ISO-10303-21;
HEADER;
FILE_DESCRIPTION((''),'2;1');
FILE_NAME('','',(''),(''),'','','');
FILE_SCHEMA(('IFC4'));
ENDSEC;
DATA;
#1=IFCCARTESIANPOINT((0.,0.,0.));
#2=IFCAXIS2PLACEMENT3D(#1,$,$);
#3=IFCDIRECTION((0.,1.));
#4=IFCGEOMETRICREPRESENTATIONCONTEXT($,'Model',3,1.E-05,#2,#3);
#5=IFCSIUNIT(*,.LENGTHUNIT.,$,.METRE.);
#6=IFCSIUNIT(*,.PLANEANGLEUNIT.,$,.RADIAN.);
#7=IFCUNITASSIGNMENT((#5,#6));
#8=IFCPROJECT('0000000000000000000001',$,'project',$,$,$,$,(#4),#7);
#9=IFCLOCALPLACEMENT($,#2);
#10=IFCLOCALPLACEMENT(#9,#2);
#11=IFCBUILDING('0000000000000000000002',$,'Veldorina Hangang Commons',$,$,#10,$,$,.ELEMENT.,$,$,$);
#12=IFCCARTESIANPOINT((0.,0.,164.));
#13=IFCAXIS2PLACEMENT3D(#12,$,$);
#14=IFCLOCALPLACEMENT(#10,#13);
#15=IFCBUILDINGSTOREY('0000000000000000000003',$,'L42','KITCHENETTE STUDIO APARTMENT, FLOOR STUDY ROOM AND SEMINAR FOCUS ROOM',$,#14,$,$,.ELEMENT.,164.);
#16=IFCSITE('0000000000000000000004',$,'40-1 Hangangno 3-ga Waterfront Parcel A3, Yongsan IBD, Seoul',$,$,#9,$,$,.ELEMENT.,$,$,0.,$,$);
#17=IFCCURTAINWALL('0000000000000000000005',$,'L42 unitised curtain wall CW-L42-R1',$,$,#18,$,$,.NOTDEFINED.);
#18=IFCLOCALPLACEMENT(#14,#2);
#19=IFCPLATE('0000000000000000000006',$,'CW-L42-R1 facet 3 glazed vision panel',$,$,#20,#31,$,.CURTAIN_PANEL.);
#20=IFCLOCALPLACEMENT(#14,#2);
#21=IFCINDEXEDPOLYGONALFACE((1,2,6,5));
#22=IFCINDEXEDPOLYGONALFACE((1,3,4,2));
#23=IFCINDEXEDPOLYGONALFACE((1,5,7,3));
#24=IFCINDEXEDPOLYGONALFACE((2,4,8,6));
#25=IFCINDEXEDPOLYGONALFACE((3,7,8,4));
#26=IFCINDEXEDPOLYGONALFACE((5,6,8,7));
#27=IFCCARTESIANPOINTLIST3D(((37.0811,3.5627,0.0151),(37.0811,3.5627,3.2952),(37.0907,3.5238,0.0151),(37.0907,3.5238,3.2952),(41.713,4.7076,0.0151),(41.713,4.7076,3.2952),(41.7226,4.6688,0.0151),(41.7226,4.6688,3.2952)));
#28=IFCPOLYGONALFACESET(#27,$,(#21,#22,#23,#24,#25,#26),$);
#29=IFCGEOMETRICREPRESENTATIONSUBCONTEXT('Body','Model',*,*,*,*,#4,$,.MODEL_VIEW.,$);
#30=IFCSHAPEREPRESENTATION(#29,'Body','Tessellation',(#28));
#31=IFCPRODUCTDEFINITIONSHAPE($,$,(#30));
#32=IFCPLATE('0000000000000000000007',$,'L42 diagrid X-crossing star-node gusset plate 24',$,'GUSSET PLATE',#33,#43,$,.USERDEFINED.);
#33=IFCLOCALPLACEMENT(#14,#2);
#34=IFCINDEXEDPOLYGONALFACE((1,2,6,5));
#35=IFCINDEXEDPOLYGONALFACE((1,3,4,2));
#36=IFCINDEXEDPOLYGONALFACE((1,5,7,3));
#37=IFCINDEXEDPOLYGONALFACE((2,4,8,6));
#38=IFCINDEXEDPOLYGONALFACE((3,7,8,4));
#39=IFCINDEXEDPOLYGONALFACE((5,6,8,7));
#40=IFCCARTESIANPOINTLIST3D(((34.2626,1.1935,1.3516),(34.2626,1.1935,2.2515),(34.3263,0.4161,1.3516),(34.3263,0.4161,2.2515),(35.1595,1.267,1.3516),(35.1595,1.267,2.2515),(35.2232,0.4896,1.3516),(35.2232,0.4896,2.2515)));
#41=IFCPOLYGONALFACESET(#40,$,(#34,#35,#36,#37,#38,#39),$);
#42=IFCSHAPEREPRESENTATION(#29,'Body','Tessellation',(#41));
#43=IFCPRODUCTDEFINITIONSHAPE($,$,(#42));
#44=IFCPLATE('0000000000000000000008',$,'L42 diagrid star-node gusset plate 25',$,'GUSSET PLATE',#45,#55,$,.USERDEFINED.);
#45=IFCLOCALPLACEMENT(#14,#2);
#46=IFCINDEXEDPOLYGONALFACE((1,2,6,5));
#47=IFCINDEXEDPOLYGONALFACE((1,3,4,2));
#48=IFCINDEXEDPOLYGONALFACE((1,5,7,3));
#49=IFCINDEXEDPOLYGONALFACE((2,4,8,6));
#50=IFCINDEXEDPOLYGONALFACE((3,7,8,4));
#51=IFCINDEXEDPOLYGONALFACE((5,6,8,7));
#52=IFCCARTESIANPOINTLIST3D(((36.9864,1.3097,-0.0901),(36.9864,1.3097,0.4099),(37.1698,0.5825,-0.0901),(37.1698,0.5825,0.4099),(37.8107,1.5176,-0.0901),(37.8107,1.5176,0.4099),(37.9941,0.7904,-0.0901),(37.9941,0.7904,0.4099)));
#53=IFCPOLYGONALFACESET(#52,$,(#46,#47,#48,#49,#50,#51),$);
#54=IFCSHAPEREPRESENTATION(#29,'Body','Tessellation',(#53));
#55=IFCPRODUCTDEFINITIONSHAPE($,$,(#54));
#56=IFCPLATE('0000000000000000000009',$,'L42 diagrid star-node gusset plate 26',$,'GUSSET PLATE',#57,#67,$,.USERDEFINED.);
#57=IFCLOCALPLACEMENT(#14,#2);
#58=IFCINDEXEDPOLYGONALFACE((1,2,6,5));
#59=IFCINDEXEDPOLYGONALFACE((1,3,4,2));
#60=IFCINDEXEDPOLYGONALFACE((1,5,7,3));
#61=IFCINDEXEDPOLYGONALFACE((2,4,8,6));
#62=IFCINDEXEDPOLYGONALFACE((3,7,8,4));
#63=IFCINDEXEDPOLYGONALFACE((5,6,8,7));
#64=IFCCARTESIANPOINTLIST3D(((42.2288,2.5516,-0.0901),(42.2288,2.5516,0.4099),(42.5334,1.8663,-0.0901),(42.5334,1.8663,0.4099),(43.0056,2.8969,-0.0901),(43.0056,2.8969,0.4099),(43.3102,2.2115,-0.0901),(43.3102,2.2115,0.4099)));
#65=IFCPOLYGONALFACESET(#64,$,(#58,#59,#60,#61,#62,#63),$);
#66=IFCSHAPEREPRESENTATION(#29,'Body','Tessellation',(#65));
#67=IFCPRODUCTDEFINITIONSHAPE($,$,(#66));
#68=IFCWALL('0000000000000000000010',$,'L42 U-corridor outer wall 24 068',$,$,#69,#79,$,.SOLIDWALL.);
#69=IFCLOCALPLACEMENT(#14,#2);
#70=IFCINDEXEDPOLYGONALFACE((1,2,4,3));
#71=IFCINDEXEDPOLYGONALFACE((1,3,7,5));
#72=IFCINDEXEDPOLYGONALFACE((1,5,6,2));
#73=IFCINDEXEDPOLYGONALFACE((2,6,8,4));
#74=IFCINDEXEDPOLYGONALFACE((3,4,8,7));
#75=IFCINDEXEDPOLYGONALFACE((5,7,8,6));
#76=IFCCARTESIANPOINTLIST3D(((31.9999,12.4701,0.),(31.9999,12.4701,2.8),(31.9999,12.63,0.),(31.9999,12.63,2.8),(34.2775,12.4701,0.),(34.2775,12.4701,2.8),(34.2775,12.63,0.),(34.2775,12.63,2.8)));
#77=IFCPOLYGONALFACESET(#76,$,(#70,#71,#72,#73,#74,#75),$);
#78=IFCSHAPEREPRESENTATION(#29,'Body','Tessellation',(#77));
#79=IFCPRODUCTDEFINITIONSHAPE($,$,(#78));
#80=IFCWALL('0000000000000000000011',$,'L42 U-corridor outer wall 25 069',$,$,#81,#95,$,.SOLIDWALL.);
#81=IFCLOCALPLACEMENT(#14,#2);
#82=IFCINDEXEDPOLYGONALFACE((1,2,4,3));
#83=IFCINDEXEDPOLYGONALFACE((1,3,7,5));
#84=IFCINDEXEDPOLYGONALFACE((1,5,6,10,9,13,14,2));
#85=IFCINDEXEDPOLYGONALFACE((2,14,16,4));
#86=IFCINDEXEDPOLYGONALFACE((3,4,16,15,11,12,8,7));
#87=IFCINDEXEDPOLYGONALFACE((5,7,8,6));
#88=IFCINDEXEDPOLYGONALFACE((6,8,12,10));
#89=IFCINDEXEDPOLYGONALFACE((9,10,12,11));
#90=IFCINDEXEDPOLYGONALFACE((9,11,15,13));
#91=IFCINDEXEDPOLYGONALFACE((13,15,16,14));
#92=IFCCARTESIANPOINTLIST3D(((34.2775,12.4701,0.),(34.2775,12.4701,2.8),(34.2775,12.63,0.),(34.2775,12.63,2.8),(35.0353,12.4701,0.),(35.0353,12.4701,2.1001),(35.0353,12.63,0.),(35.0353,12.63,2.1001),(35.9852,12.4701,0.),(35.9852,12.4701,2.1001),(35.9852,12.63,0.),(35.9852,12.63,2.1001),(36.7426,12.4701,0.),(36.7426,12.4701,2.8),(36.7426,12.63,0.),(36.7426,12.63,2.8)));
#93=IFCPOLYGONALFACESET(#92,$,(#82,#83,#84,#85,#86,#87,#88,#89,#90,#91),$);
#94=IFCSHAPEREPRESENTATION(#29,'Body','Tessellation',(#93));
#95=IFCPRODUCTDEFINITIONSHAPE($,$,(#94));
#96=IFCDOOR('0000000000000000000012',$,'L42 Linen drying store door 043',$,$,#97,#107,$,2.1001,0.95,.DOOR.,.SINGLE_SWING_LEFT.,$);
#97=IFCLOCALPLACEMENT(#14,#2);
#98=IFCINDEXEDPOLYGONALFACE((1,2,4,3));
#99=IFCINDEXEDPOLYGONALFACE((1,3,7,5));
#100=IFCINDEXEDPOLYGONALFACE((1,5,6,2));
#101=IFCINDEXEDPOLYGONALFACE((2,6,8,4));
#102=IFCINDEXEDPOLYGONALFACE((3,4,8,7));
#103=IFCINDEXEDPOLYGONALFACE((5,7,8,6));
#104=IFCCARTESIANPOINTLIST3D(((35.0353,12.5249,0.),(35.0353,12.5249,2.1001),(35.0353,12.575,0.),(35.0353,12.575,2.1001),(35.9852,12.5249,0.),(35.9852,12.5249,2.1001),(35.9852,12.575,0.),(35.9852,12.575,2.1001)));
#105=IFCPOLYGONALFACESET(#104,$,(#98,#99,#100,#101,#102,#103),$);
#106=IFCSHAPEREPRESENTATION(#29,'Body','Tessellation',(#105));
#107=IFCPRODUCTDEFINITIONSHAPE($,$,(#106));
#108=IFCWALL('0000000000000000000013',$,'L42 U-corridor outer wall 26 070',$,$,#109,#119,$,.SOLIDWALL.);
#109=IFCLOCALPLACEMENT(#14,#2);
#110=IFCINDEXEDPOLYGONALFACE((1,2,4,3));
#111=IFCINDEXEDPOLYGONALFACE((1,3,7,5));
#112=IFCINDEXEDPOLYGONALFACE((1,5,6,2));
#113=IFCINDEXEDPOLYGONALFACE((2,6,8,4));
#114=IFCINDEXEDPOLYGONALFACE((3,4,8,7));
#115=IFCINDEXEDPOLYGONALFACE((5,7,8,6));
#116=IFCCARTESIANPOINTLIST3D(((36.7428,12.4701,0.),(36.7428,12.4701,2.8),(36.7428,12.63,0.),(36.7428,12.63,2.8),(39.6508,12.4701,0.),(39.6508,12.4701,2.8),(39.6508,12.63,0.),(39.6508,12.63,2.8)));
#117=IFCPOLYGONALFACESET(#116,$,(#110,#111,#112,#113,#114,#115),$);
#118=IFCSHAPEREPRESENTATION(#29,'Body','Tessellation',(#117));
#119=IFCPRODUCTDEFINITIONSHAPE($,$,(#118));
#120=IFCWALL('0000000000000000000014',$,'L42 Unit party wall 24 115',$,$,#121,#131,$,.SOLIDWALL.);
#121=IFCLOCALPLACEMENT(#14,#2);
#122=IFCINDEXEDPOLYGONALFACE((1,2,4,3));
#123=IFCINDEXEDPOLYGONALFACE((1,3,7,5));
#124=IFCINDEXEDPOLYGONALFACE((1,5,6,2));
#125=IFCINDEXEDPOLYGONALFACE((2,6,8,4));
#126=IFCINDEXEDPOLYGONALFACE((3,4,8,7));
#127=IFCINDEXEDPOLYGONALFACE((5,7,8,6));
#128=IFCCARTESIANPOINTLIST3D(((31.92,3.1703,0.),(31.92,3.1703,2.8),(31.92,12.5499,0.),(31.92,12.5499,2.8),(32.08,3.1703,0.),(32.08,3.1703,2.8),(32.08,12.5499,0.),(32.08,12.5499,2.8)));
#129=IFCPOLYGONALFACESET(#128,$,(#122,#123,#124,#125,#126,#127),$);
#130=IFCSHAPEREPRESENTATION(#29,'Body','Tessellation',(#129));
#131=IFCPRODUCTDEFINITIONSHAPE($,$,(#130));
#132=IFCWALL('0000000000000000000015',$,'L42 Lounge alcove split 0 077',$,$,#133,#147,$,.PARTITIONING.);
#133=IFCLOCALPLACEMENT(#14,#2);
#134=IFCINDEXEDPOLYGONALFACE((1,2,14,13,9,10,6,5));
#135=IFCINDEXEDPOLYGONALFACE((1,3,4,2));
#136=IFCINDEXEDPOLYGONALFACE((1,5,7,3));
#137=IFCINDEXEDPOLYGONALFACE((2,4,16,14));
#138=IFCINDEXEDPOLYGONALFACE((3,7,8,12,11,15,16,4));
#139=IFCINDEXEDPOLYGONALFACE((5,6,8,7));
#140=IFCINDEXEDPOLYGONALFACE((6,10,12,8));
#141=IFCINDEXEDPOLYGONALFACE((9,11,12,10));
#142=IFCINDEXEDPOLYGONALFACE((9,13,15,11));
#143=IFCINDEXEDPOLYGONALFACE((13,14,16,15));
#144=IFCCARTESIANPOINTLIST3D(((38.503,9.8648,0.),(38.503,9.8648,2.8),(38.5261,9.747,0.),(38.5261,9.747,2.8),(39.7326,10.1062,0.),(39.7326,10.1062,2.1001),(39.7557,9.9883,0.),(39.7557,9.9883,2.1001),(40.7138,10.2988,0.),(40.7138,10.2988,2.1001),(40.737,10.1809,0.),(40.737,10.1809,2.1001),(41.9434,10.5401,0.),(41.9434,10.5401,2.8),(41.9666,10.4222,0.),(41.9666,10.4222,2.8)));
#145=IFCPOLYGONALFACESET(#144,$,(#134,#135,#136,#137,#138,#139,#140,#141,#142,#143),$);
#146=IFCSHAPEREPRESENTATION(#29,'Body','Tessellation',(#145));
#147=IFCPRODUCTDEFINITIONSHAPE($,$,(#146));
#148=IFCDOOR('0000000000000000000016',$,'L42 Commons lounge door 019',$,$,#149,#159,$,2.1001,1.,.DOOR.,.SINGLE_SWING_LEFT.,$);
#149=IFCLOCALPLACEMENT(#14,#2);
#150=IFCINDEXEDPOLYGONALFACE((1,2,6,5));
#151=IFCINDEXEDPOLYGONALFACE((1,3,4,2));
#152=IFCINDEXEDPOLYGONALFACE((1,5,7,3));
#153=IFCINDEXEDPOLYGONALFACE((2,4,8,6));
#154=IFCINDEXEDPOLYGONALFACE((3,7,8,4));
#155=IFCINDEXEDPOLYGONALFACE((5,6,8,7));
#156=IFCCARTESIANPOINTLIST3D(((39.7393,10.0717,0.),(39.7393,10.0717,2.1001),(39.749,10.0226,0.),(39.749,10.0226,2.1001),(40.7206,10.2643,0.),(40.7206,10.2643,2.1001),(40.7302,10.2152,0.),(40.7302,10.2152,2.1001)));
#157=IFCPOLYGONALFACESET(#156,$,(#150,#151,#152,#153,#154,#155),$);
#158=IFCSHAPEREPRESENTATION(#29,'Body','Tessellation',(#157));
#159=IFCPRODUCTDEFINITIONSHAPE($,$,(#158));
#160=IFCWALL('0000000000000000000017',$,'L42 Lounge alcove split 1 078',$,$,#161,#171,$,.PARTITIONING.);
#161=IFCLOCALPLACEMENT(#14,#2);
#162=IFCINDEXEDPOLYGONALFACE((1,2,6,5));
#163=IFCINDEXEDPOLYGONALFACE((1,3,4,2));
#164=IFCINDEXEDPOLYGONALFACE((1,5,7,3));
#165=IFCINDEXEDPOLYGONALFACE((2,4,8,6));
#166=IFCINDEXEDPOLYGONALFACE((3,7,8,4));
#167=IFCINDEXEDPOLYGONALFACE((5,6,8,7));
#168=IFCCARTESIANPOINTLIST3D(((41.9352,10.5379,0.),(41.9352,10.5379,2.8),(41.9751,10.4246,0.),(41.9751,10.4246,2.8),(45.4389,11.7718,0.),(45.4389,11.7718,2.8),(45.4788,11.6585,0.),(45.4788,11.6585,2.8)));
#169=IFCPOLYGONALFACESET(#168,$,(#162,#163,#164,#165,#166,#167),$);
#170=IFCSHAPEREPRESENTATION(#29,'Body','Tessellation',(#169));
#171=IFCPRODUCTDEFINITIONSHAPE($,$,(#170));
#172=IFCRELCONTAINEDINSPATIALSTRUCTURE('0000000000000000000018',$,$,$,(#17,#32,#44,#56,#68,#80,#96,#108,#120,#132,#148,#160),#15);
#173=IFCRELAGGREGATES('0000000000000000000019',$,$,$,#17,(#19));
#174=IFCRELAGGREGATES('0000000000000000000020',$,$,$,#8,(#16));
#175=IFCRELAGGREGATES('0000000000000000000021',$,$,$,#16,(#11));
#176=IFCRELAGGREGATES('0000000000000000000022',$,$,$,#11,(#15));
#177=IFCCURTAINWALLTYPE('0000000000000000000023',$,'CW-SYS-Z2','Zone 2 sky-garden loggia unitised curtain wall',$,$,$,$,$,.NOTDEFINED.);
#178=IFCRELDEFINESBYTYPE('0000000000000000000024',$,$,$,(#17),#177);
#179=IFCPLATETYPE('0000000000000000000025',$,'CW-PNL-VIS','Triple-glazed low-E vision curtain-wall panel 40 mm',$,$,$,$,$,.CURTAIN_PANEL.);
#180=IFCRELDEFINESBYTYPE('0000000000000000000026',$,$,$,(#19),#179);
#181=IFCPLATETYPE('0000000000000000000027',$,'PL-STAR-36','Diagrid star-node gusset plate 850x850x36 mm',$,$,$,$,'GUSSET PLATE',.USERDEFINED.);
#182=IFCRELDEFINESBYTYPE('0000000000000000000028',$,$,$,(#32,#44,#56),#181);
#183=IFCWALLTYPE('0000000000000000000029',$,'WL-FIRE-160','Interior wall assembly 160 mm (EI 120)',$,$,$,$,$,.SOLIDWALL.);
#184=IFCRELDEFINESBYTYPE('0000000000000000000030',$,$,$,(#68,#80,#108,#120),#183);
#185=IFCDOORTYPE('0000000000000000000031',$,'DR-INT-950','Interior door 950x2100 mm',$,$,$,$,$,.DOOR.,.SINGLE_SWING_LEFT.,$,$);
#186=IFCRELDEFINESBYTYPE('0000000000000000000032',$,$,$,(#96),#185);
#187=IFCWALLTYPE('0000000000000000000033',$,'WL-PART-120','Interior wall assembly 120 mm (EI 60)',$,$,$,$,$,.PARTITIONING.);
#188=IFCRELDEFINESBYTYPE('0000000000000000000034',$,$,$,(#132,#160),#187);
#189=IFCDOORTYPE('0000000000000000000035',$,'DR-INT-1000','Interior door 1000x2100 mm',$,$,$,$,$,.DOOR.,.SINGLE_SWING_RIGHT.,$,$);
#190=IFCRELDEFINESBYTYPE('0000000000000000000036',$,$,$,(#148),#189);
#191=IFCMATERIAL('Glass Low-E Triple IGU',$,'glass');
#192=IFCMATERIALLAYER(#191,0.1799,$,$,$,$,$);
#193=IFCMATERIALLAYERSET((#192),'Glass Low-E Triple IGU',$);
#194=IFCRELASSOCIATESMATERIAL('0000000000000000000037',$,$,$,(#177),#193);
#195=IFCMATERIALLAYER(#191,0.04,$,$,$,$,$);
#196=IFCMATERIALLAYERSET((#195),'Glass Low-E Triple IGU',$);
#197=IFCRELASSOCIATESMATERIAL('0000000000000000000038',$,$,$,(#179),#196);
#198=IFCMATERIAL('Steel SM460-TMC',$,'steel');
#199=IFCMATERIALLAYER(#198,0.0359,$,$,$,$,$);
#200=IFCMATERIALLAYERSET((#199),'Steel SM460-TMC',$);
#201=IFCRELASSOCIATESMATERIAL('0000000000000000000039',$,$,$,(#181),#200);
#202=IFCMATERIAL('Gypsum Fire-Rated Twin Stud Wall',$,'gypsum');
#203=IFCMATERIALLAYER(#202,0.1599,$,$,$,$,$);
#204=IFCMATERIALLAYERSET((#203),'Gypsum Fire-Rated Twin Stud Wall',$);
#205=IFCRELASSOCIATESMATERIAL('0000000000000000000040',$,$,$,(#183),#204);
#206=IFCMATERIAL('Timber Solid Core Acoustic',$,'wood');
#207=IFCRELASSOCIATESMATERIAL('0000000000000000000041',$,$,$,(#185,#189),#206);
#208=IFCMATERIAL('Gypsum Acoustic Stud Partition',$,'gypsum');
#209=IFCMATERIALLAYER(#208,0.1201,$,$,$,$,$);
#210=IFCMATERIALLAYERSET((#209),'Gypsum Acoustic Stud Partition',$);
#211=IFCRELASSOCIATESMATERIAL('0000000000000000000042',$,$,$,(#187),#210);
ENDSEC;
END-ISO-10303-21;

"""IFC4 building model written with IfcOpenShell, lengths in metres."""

from ifc_helpers import new_model, si_unit, direction, frame, frame_2d, origin, origin_2d, place, context, subcontext, project, spatial, rectangle, extrude, material, layer, layer_set, type_object, element, fill, aggregate, save


model = new_model("IFC4")

# Units and contexts
model_context = context("Model", 3, precision=1e-05, world=origin(), true_north=direction((0.0, 1.0)))
body_context = subcontext(model_context, "Body", "Model", "MODEL_VIEW")
ifc_project = project(units=[si_unit("LENGTHUNIT", "METRE"), si_unit("PLANEANGLEUNIT", "RADIAN")], contexts=[model_context])

# Site, building, storey
site_placement = place(None, origin())
site = spatial("IfcSite", under=ifc_project, at=site_placement, Name="40-1 Hangangno 3-ga Waterfront Parcel A3, Yongsan IBD, Seoul", CompositionType="ELEMENT", RefElevation=0.0)
building_placement = place(site_placement, origin())
building = spatial("IfcBuilding", under=site, at=building_placement, Name="Veldorina Hangang Commons", CompositionType="ELEMENT")
storey_placement = place(building_placement, frame((0.0, 0.0, 164.0)))
storey = spatial("IfcBuildingStorey", under=building, at=storey_placement, Name="L42", Description="KITCHENETTE STUDIO APARTMENT, FLOOR STUDY ROOM AND SEMINAR FOCUS ROOM", CompositionType="ELEMENT", Elevation=164.0)

# Curtain wall
ifc_material_1 = material(Name="Glass Low-E Triple IGU", Category="glass")
ifc_layer_1 = layer(ifc_material_1, 0.1799)
ifc_layer_set_1 = layer_set([ifc_layer_1], Name="Glass Low-E Triple IGU")
curtain_wall_type = type_object("IfcCurtainWallType", Name="CW-SYS-Z2", Description="Zone 2 sky-garden loggia unitised curtain wall", PredefinedType="NOTDEFINED", material=ifc_layer_set_1)
curtain_wall_placement = place(storey_placement, origin())
curtain_wall = element("IfcCurtainWall", 1, at=curtain_wall_placement, inside=storey, type_object=curtain_wall_type, Name="L42 unitised curtain wall CW-L42-R1", PredefinedType="NOTDEFINED")

# Plate
ifc_layer_2 = layer(ifc_material_1, 0.04)
ifc_layer_set_2 = layer_set([ifc_layer_2], Name="Glass Low-E Triple IGU")
plate_type_1 = type_object("IfcPlateType", Name="CW-PNL-VIS", Description="Triple-glazed low-E vision curtain-wall panel 40 mm", PredefinedType="CURTAIN_PANEL", material=ifc_layer_set_2)
plate_1_placement = place(storey_placement, frame((39.4019, 4.1157, 0.0151), z_axis=(0.0, 0.0, 1.0), x_axis=(0.970779, 0.239974, 0.0)))
plate_1 = element("IfcPlate", 2, at=plate_1_placement, type_object=plate_type_1, Name="CW-L42-R1 facet 3 glazed vision panel", PredefinedType="CURTAIN_PANEL", context=body_context, shape_type="SweptSolid", body=[
    extrude(rectangle(XDim=4.7712, YDim=0.04, at=origin_2d()), origin(), (0.0, 0.0, 1.0), 3.28),
])
aggregate(curtain_wall, [plate_1])

# Plates
ifc_material_2 = material(Name="Steel SM460-TMC", Category="steel")
ifc_layer_3 = layer(ifc_material_2, 0.0359)
ifc_layer_set_3 = layer_set([ifc_layer_3], Name="Steel SM460-TMC")
plate_type_2 = type_object("IfcPlateType", Name="PL-STAR-36", Description="Diagrid star-node gusset plate 850x850x36 mm", ElementType="GUSSET PLATE", PredefinedType="USERDEFINED", material=ifc_layer_set_3)
plate_2_placement = place(storey_placement, frame((34.7429, 0.8416, 1.3516), z_axis=(0.0, 0.0, 1.0), x_axis=(0.996665, 0.081608, 0.0)))
element("IfcPlate", 3, at=plate_2_placement, inside=storey, type_object=plate_type_2, Name="L42 diagrid X-crossing star-node gusset plate 24", ObjectType="GUSSET PLATE", PredefinedType="USERDEFINED", context=body_context, shape_type="SweptSolid", body=[
    extrude(rectangle(XDim=0.8999, YDim=0.78, at=origin_2d()), origin(), (0.0, 0.0, 1.0), 0.8999),
])
for number, where, z_axis, x_axis, name in (
    (4, (37.4902, 1.05, -0.0901), (0.0, 0.0, 1.0), (0.969633, 0.244563, 0.0), "L42 diagrid star-node gusset plate 25"),
    (5, (42.7695, 2.3816, -0.0901), (0.0, 0.0, 1.0), (0.913815, 0.406131, 0.0), "L42 diagrid star-node gusset plate 26"),
):
    element("IfcPlate", number, at=place(storey_placement, frame(where, z_axis=z_axis, x_axis=x_axis)), inside=storey, type_object=plate_type_2, Name=name, ObjectType="GUSSET PLATE", PredefinedType="USERDEFINED", context=body_context, shape_type="SweptSolid", body=[
        extrude(rectangle(XDim=0.8501, YDim=0.75, at=origin_2d()), origin(), (0.0, 0.0, 1.0), 0.5),
    ])

# Wall
ifc_material_3 = material(Name="Gypsum Fire-Rated Twin Stud Wall", Category="gypsum")
ifc_layer_4 = layer(ifc_material_3, 0.1599)
ifc_layer_set_4 = layer_set([ifc_layer_4], Name="Gypsum Fire-Rated Twin Stud Wall")
wall_type_1 = type_object("IfcWallType", Name="WL-FIRE-160", Description="Interior wall assembly 160 mm (EI 120)", PredefinedType="SOLIDWALL", material=ifc_layer_set_4)
wall_1_placement = place(storey_placement, frame((32.0, 12.55, 0.0), z_axis=(0.0, 0.0, 1.0), x_axis=(1.0, 0.0, 0.0)))
element("IfcWall", 6, at=wall_1_placement, inside=storey, type_object=wall_type_1, Name="L42 U-corridor outer wall 24 068", PredefinedType="SOLIDWALL", context=body_context, shape_type="SweptSolid", body=[
    extrude(rectangle(XDim=2.2776, YDim=0.1599, at=frame_2d((1.1387, 0.0))), origin(), (0.0, 0.0, 1.0), 2.8),
])

# Wall, opening, door
wall_2_placement = place(storey_placement, frame((34.2776, 12.55, 0.0), z_axis=(0.0, 0.0, 1.0), x_axis=(1.0, 0.0, 0.0)))
wall_2 = element("IfcWall", 7, at=wall_2_placement, inside=storey, type_object=wall_type_1, Name="L42 U-corridor outer wall 25 069", PredefinedType="SOLIDWALL", context=body_context, shape_type="SweptSolid", body=[
    extrude(rectangle(XDim=2.4651, YDim=0.1599, at=frame_2d((1.2324, 0.0))), origin(), (0.0, 0.0, 1.0), 2.8),
])
opening_1_placement = place(wall_2_placement, frame((0.7576, 0.0, 0.0)))
opening_1 = element("IfcOpeningElement", 8, at=opening_1_placement, cuts=wall_2, PredefinedType="OPENING", context=body_context, shape_type="SweptSolid", body=[
    extrude(rectangle(XDim=0.95, YDim=2.1001, at=frame_2d((0.4751, 1.05))), frame((0.0, 0.0898, 0.0), z_axis=(0.0, -1.0, 0.0), x_axis=(1.0, 0.0, 0.0)), (0.0, 0.0, 1.0), 0.1799),
])
ifc_material_4 = material(Name="Timber Solid Core Acoustic", Category="wood")
door_type_1 = type_object("IfcDoorType", Name="DR-INT-950", Description="Interior door 950x2100 mm", OperationType="SINGLE_SWING_LEFT", PredefinedType="DOOR", material=ifc_material_4)
door_1_placement = place(opening_1_placement, origin())
door_1 = element("IfcDoor", 9, at=door_1_placement, inside=storey, type_object=door_type_1, Name="L42 Linen drying store door 043", OperationType="SINGLE_SWING_LEFT", OverallHeight=2.1001, OverallWidth=0.95, PredefinedType="DOOR", context=body_context, shape_type="SweptSolid", body=[
    extrude(rectangle(XDim=0.95, YDim=2.1001, at=frame_2d((0.4751, 1.05))), frame((0.0, 0.0249, 0.0), z_axis=(0.0, -1.0, 0.0), x_axis=(1.0, 0.0, 0.0)), (0.0, 0.0, 1.0), 0.05),
])
fill(opening_1, door_1)

# Walls
wall_3_placement = place(storey_placement, frame((36.7427, 12.55, 0.0), z_axis=(0.0, 0.0, 1.0), x_axis=(1.0, 0.0, 0.0)))
element("IfcWall", 10, at=wall_3_placement, inside=storey, type_object=wall_type_1, Name="L42 U-corridor outer wall 26 070", PredefinedType="SOLIDWALL", context=body_context, shape_type="SweptSolid", body=[
    extrude(rectangle(XDim=2.908, YDim=0.1599, at=frame_2d((1.4541, 0.0))), origin(), (0.0, 0.0, 1.0), 2.8),
])
wall_4_placement = place(storey_placement, frame((32.0, 12.55, 0.0), z_axis=(0.0, 0.0, 1.0), x_axis=(0.0, -1.0, 0.0)))
element("IfcWall", 11, at=wall_4_placement, inside=storey, type_object=wall_type_1, Name="L42 Unit party wall 24 115", PredefinedType="SOLIDWALL", context=body_context, shape_type="SweptSolid", body=[
    extrude(rectangle(XDim=9.3796, YDim=0.1599, at=frame_2d((4.6899, 0.0))), origin(), (0.0, 0.0, 1.0), 2.8),
])

# Wall, opening, door
ifc_material_5 = material(Name="Gypsum Acoustic Stud Partition", Category="gypsum")
ifc_layer_5 = layer(ifc_material_5, 0.1201)
ifc_layer_set_5 = layer_set([ifc_layer_5], Name="Gypsum Acoustic Stud Partition")
wall_type_2 = type_object("IfcWallType", Name="WL-PART-120", Description="Interior wall assembly 120 mm (EI 60)", PredefinedType="PARTITIONING", material=ifc_layer_set_5)
wall_5_placement = place(storey_placement, frame((38.5146, 9.8059, 0.0), z_axis=(0.0, 0.0, 1.0), x_axis=(0.981276, 0.192606, 0.0)))
wall_5 = element("IfcWall", 12, at=wall_5_placement, inside=storey, type_object=wall_type_2, Name="L42 Lounge alcove split 0 077", PredefinedType="PARTITIONING", context=body_context, shape_type="SweptSolid", body=[
    extrude(rectangle(XDim=3.5061, YDim=0.1201, at=frame_2d((1.7529, 0.0))), origin(), (0.0, 0.0, 1.0), 2.8),
])
opening_2_placement = place(wall_5_placement, frame((1.2529, 0.0, 0.0)))
opening_2 = element("IfcOpeningElement", 13, at=opening_2_placement, cuts=wall_5, PredefinedType="OPENING", context=body_context, shape_type="SweptSolid", body=[
    extrude(rectangle(XDim=1.0, YDim=2.1001, at=frame_2d((0.5, 1.05))), frame((0.0, 0.0701, 0.0), z_axis=(0.0, -1.0, 0.0), x_axis=(1.0, 0.0, 0.0)), (0.0, 0.0, 1.0), 0.1401),
])
door_type_2 = type_object("IfcDoorType", Name="DR-INT-1000", Description="Interior door 1000x2100 mm", OperationType="SINGLE_SWING_RIGHT", PredefinedType="DOOR", material=ifc_material_4)
door_2_placement = place(opening_2_placement, origin())
door_2 = element("IfcDoor", 14, at=door_2_placement, inside=storey, type_object=door_type_2, Name="L42 Commons lounge door 019", OperationType="SINGLE_SWING_LEFT", OverallHeight=2.1001, OverallWidth=1.0, PredefinedType="DOOR", context=body_context, shape_type="SweptSolid", body=[
    extrude(rectangle(XDim=1.0, YDim=2.1001, at=frame_2d((0.5, 1.05))), frame((0.0, 0.0249, 0.0), z_axis=(0.0, -1.0, 0.0), x_axis=(1.0, 0.0, 0.0)), (0.0, 0.0, 1.0), 0.05),
])
fill(opening_2, door_2)

# Wall
wall_6_placement = place(storey_placement, frame((41.9551, 10.4812, 0.0), z_axis=(0.0, 0.0, 1.0), x_axis=(0.943218, 0.332174, 0.0)))
element("IfcWall", 15, at=wall_6_placement, inside=storey, type_object=wall_type_2, Name="L42 Lounge alcove split 1 078", PredefinedType="PARTITIONING", context=body_context, shape_type="SweptSolid", body=[
    extrude(rectangle(XDim=3.7146, YDim=0.1201, at=frame_2d((1.8574, 0.0))), origin(), (0.0, 0.0, 1.0), 2.8),
])

save(model, "model.ifc")
